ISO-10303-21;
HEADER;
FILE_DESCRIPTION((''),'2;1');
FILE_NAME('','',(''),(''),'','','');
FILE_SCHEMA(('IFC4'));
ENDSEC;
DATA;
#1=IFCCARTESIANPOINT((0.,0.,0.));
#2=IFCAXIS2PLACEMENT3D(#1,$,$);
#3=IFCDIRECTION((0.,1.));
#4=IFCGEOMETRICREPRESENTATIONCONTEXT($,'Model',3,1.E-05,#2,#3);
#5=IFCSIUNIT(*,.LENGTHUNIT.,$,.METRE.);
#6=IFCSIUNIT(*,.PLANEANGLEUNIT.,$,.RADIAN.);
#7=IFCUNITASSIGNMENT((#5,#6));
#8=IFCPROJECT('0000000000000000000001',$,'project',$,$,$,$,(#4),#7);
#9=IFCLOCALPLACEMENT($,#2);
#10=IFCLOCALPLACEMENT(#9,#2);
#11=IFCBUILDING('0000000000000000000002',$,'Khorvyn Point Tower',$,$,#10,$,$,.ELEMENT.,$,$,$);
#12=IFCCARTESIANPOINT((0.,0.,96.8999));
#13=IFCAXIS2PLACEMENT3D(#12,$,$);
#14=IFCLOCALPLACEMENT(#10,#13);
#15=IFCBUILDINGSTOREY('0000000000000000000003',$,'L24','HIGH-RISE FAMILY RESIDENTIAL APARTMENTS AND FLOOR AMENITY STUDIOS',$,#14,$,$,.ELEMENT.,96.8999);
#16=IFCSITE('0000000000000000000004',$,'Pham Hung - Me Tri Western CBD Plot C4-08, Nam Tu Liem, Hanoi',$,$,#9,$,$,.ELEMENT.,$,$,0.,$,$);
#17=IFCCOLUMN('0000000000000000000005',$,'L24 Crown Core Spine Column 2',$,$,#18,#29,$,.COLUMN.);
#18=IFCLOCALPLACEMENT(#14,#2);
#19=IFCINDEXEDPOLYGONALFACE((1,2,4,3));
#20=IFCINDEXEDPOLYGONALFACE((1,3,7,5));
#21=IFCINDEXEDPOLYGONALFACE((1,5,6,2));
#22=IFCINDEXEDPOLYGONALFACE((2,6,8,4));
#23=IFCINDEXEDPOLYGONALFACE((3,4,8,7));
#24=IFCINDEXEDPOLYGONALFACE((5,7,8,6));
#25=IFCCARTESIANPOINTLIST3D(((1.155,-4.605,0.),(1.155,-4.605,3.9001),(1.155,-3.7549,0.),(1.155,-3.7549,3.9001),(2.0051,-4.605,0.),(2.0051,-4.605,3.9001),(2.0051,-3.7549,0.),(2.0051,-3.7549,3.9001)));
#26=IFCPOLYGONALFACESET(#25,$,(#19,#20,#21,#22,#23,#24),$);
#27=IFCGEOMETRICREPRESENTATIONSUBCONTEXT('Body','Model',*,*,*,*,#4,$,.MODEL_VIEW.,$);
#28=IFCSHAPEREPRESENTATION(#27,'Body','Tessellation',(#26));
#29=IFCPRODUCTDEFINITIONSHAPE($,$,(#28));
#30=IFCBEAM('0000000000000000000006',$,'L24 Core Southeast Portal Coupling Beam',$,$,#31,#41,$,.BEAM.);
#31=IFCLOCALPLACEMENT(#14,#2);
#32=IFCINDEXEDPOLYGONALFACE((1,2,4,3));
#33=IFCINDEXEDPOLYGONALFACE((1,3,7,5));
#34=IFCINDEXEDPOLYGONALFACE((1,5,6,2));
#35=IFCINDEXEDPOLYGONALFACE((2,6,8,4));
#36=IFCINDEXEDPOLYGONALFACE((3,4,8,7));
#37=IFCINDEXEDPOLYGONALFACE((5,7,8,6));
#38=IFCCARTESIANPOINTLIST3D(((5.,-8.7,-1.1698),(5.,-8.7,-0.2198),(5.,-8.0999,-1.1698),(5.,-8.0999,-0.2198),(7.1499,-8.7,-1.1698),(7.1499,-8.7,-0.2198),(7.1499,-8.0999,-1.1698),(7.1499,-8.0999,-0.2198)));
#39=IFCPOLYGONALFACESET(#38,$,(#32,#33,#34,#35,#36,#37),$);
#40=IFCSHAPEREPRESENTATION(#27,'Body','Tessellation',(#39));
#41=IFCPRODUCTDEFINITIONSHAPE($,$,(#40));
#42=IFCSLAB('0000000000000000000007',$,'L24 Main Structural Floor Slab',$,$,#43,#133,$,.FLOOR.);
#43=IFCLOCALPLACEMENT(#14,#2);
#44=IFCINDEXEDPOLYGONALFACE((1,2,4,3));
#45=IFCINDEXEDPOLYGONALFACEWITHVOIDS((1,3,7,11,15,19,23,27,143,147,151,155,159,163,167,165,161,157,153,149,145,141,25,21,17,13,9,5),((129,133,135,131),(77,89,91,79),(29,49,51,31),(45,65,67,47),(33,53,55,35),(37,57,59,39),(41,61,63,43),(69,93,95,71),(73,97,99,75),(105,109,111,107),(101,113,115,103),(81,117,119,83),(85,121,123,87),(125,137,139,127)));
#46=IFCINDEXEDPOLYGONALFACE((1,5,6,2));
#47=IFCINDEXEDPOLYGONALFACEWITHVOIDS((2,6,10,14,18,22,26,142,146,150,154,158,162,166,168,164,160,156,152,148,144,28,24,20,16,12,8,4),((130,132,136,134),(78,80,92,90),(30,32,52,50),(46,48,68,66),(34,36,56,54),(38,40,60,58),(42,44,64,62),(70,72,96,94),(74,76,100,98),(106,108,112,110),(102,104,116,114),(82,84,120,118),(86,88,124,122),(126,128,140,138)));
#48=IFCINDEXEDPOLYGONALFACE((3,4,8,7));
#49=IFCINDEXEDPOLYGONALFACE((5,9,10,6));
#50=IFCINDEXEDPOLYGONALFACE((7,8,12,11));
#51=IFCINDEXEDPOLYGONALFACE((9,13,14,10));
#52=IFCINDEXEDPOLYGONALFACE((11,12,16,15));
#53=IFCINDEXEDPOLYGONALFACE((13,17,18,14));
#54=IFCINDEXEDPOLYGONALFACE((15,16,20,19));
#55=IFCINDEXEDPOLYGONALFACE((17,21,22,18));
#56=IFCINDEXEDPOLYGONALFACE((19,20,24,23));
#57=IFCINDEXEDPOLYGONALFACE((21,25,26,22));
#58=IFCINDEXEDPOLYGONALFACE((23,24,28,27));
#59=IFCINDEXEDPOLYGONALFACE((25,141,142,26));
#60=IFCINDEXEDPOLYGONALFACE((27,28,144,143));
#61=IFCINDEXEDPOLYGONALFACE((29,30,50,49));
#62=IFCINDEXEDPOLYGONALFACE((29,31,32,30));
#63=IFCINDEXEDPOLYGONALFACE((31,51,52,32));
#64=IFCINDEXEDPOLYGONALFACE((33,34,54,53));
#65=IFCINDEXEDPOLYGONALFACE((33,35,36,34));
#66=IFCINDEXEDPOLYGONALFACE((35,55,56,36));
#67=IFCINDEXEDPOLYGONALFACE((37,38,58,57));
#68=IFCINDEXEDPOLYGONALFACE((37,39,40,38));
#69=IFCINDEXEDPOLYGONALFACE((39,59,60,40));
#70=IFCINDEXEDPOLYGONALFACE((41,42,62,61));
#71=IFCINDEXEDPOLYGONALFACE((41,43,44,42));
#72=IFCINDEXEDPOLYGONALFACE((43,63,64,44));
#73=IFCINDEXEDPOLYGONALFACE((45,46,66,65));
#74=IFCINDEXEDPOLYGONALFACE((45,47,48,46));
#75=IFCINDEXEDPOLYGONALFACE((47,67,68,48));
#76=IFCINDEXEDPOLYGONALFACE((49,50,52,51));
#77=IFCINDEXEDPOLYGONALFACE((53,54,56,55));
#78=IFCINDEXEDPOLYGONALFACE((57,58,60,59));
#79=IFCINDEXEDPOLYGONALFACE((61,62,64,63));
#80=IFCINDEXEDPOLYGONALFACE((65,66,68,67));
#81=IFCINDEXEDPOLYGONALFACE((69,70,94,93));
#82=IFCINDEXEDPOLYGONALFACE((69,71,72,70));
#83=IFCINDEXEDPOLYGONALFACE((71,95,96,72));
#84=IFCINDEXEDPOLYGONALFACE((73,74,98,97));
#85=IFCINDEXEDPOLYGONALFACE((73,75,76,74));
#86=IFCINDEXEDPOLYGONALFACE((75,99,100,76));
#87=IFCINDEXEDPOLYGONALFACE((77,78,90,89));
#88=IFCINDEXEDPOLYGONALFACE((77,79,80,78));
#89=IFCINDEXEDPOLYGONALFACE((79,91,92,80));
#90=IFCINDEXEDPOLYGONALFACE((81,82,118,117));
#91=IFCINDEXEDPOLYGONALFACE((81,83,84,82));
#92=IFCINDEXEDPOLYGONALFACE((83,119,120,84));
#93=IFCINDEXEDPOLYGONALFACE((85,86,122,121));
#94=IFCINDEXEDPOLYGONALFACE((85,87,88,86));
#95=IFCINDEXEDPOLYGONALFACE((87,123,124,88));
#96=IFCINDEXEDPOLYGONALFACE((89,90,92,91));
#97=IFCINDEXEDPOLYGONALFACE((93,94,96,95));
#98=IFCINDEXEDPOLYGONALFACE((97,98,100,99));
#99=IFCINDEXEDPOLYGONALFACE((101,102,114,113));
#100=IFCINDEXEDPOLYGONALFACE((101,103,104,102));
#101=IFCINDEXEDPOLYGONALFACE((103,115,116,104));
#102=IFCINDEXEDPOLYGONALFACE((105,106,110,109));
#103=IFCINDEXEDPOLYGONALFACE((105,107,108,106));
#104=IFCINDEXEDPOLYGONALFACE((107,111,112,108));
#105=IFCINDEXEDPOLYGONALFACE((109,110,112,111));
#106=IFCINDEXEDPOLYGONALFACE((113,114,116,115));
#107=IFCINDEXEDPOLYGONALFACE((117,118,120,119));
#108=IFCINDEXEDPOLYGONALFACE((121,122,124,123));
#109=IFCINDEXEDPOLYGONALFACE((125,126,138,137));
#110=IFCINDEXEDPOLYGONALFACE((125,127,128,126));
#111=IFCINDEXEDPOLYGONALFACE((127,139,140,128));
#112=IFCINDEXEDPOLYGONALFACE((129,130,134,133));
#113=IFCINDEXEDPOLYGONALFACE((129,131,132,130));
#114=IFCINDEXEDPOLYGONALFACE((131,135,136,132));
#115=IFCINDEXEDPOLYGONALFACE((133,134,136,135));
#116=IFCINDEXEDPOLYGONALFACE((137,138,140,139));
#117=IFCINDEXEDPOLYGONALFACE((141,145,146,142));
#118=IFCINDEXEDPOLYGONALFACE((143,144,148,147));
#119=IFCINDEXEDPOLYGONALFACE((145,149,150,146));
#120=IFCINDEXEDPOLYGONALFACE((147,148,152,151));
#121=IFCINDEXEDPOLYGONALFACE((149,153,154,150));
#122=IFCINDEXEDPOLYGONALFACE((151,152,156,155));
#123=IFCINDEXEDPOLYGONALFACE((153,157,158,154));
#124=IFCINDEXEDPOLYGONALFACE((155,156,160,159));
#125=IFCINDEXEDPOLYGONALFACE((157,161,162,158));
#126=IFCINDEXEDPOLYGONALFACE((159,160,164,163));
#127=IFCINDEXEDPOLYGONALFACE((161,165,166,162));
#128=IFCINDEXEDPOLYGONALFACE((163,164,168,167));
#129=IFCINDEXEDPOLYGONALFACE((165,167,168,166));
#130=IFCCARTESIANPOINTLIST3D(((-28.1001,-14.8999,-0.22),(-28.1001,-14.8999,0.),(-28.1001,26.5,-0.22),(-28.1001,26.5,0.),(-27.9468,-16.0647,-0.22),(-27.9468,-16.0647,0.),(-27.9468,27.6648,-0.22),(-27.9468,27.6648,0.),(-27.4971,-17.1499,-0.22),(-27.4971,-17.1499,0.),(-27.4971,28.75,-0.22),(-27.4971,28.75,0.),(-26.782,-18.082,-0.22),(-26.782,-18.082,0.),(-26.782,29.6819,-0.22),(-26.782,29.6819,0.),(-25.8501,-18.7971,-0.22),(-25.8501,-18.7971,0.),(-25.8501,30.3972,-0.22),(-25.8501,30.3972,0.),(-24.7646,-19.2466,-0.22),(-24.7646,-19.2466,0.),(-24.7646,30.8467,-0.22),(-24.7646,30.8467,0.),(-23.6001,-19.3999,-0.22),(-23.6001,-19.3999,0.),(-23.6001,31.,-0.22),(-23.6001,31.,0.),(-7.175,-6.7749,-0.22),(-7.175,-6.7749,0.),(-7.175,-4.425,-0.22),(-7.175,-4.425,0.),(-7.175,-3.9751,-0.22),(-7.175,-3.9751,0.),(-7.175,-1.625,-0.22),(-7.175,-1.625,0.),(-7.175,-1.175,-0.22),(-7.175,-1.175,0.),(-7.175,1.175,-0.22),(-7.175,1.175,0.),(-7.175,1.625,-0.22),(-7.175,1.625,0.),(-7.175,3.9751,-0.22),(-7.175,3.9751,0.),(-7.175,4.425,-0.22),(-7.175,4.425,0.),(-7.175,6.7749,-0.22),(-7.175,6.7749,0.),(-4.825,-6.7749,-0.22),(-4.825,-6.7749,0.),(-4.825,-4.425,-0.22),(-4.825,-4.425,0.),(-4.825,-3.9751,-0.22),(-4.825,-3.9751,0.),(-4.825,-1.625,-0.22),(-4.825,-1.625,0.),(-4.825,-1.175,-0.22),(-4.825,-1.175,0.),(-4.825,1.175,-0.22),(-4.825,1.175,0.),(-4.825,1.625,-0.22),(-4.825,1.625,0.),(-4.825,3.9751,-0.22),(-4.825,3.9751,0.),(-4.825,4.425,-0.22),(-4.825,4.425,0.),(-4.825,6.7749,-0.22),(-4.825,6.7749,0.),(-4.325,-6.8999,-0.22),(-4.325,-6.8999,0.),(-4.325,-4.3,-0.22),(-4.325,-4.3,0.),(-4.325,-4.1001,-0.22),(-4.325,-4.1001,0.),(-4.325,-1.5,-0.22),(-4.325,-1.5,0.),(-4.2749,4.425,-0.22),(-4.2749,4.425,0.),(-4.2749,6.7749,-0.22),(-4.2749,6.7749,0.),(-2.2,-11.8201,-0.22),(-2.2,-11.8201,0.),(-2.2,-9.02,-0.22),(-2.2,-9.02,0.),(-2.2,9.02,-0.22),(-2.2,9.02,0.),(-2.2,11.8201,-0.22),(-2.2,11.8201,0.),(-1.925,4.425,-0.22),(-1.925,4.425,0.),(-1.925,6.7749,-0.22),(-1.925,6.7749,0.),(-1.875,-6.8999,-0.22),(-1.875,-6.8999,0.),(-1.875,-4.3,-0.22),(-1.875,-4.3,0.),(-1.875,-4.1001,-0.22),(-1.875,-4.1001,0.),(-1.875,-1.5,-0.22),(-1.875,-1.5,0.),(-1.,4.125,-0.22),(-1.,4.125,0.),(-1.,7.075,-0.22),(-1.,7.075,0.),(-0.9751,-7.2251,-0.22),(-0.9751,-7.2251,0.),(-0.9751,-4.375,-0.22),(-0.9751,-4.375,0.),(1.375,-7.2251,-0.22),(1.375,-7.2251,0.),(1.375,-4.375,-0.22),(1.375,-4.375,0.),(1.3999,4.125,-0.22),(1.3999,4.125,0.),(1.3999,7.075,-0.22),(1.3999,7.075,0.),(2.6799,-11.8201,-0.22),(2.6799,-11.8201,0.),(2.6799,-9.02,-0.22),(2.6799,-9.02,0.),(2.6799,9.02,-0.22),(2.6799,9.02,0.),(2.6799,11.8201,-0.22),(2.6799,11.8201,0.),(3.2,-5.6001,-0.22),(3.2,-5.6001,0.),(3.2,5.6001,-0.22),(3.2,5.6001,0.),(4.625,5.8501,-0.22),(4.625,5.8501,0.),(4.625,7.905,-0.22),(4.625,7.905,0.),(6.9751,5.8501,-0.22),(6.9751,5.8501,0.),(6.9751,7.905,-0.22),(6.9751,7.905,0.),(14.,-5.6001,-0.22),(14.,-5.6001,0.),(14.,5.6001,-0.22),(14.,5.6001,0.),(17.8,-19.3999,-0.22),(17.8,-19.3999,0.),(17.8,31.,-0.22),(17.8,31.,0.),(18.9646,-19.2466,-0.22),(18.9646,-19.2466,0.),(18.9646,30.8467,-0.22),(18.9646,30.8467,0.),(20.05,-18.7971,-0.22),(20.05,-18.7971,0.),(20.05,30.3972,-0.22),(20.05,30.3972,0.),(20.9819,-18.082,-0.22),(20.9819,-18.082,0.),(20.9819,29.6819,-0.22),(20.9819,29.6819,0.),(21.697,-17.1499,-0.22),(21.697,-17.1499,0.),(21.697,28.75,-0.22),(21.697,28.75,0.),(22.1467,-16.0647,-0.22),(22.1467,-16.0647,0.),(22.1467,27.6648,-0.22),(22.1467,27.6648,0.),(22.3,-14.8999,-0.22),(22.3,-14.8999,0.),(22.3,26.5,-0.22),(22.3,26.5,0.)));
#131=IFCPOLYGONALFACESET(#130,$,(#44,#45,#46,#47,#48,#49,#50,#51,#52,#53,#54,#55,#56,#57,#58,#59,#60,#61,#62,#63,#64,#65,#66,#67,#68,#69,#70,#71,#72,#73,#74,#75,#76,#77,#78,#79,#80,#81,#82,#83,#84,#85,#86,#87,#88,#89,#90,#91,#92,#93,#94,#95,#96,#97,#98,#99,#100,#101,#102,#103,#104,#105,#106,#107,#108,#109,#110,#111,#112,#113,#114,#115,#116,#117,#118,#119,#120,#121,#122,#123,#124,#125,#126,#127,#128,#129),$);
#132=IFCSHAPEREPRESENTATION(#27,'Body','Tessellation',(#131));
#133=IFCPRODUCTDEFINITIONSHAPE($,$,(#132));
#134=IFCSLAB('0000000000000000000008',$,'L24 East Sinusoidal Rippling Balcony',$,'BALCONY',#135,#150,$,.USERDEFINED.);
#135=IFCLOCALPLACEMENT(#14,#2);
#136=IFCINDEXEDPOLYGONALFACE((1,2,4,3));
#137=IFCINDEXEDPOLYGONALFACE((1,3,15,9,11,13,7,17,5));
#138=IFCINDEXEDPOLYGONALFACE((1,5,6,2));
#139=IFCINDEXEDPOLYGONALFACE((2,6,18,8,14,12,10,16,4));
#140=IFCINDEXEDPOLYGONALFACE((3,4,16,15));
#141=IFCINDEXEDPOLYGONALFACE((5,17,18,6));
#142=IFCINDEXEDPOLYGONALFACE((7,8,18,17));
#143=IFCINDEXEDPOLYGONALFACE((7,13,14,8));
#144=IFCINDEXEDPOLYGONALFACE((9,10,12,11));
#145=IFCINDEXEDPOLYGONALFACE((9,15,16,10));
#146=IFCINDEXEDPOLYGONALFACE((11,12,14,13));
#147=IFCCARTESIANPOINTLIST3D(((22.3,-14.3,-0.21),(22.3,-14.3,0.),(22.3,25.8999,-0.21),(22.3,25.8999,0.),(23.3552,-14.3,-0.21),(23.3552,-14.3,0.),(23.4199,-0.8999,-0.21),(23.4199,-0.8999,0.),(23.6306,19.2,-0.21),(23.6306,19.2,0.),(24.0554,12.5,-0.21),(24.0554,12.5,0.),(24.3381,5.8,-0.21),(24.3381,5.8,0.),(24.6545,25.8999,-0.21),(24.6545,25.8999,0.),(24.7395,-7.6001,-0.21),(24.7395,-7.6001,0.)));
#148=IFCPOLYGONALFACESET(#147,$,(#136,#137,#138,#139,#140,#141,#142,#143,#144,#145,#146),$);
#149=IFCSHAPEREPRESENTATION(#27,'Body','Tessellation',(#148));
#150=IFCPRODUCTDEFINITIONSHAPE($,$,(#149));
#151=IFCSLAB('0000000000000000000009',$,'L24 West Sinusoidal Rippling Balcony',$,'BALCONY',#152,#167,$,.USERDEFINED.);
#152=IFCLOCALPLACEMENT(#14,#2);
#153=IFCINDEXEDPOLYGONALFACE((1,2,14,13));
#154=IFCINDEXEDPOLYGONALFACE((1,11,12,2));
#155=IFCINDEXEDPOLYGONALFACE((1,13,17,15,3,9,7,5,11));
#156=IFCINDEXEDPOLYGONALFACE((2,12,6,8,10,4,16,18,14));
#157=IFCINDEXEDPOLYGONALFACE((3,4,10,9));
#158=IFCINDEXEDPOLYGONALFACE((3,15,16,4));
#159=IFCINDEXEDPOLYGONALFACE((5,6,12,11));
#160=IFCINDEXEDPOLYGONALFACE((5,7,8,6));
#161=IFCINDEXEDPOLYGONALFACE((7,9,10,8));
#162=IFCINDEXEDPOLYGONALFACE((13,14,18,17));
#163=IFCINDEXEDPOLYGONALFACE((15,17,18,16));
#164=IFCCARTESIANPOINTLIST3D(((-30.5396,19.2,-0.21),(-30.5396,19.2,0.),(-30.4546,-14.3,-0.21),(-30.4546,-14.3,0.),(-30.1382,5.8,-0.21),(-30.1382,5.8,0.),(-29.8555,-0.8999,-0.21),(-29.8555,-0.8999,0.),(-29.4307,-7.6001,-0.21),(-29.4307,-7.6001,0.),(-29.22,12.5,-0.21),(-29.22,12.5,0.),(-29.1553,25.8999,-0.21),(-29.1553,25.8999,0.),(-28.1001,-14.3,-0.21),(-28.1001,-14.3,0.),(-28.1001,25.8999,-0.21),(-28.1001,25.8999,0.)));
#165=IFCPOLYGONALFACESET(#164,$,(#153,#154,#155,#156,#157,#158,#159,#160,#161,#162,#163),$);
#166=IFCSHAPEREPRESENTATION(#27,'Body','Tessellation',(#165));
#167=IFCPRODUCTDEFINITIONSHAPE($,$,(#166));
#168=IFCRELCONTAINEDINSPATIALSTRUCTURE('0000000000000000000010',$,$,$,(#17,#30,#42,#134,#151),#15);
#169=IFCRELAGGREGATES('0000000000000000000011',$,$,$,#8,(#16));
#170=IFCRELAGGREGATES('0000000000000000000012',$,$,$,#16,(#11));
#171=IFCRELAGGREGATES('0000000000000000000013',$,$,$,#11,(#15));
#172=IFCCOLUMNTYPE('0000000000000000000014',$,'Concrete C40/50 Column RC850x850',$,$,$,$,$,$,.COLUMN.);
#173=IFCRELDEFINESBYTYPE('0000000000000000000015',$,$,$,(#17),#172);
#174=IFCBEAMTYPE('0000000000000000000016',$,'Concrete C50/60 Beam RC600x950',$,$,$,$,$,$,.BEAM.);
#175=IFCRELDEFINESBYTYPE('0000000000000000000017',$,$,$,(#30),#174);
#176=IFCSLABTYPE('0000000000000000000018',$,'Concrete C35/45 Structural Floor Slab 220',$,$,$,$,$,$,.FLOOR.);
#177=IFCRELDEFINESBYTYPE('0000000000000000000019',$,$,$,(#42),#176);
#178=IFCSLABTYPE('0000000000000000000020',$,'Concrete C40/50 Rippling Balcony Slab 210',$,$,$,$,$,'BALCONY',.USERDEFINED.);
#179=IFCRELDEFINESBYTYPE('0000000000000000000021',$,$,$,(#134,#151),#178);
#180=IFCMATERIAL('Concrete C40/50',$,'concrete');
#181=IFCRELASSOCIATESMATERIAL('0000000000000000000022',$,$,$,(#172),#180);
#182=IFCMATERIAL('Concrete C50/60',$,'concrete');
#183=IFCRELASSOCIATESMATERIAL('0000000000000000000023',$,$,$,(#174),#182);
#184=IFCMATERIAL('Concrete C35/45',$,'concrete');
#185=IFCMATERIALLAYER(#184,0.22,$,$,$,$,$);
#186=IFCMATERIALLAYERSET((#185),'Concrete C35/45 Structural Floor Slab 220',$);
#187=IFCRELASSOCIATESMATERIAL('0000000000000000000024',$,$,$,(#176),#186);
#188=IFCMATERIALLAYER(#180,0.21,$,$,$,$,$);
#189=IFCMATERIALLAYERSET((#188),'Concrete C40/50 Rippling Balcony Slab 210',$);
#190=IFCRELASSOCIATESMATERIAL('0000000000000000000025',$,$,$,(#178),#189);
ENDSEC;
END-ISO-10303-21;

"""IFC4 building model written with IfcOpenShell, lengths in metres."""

from ifc_helpers import new_model, si_unit, direction, frame, origin, origin_2d, place, context, subcontext, project, spatial, polyline, rectangle, outline, extrude, material, layer, layer_set, material_profile, profile_set, type_object, element, save


model = new_model("IFC4")

# Units and contexts
model_context = context("Model", 3, precision=1e-05, world=origin(), true_north=direction((0.0, 1.0)))
body_context = subcontext(model_context, "Body", "Model", "MODEL_VIEW")
ifc_project = project(units=[si_unit("LENGTHUNIT", "METRE"), si_unit("PLANEANGLEUNIT", "RADIAN")], contexts=[model_context])

# Site, building, storey
site_placement = place(None, origin())
site = spatial("IfcSite", under=ifc_project, at=site_placement, Name="Pham Hung - Me Tri Western CBD Plot C4-08, Nam Tu Liem, Hanoi", CompositionType="ELEMENT", RefElevation=0.0)
building_placement = place(site_placement, origin())
building = spatial("IfcBuilding", under=site, at=building_placement, Name="Khorvyn Point Tower", CompositionType="ELEMENT")
storey_placement = place(building_placement, frame((0.0, 0.0, 96.8999)))
storey = spatial("IfcBuildingStorey", under=building, at=storey_placement, Name="L24", Description="HIGH-RISE FAMILY RESIDENTIAL APARTMENTS AND FLOOR AMENITY STUDIOS", CompositionType="ELEMENT", Elevation=96.8999)

# Column
ifc_material_1 = material(Name="Concrete C40/50", Category="concrete")
ifc_material_profile_1 = material_profile(ifc_material_1, rectangle(XDim=0.8501, YDim=0.8501, at=origin_2d()))
ifc_profile_set_1 = profile_set([ifc_material_profile_1], Name="Concrete C40/50 RC850x850")
column_type = type_object("IfcColumnType", Name="Concrete C40/50 Column RC850x850", PredefinedType="COLUMN", material=ifc_profile_set_1)
column_placement = place(storey_placement, frame((1.5801, -4.1799, 0.0), z_axis=(0.0, 0.0, 1.0), x_axis=(1.0, 0.0, 0.0)))
element("IfcColumn", 1, at=column_placement, inside=storey, type_object=column_type, Name="L24 Crown Core Spine Column 2", PredefinedType="COLUMN", context=body_context, shape_type="SweptSolid", body=[
    extrude(rectangle(XDim=0.8501, YDim=0.8501, at=origin_2d()), origin(), (0.0, 0.0, 1.0), 3.9001),
])

# Beam
ifc_material_2 = material(Name="Concrete C50/60", Category="concrete")
ifc_material_profile_2 = material_profile(ifc_material_2, rectangle(XDim=0.6001, YDim=0.95, at=origin_2d()))
ifc_profile_set_2 = profile_set([ifc_material_profile_2], Name="Concrete C50/60 RC600x950")
beam_type = type_object("IfcBeamType", Name="Concrete C50/60 Beam RC600x950", PredefinedType="BEAM", material=ifc_profile_set_2)
beam_placement = place(storey_placement, frame((5.0, -8.3999, -0.6948), z_axis=(1.0, 0.0, 0.0), x_axis=(0.0, 1.0, 0.0)))
element("IfcBeam", 2, at=beam_placement, inside=storey, type_object=beam_type, Name="L24 Core Southeast Portal Coupling Beam", PredefinedType="BEAM", context=body_context, shape_type="SweptSolid", body=[
    extrude(rectangle(XDim=0.6001, YDim=0.95, at=origin_2d()), origin(), (0.0, 0.0, 1.0), 2.1499),
])

# Slabs
ifc_material_3 = material(Name="Concrete C35/45", Category="concrete")
ifc_layer_1 = layer(ifc_material_3, 0.22)
ifc_layer_set_1 = layer_set([ifc_layer_1], Name="Concrete C35/45 Structural Floor Slab 220")
slab_type_1 = type_object("IfcSlabType", Name="Concrete C35/45 Structural Floor Slab 220", PredefinedType="FLOOR", material=ifc_layer_set_1)
slab_1_placement = place(storey_placement, frame((0.0, 0.0, -0.22)))
element("IfcSlab", 3, at=slab_1_placement, inside=storey, type_object=slab_type_1, Name="L24 Main Structural Floor Slab", PredefinedType="FLOOR", context=body_context, shape_type="SweptSolid", body=[
    extrude(outline(polyline([(-23.6001, -19.3999), (-24.7646, -19.2466), (-25.8501, -18.7971), (-26.782, -18.082), (-27.4971, -17.1499), (-27.9468, -16.0647), (-28.1001, -14.8999), (-28.1001, 26.5), (-27.9468, 27.6648), (-27.4971, 28.75), (-26.782, 29.6819), (-25.8501, 30.3972), (-24.7646, 30.8467), (-23.6001, 31.0), (17.8, 31.0), (18.9646, 30.8467), (20.05, 30.3972), (20.9819, 29.6819), (21.697, 28.75), (22.1467, 27.6648), (22.3, 26.5), (22.3, -14.8999), (22.1467, -16.0647), (21.697, -17.1499), (20.9819, -18.082), (20.05, -18.7971), (18.9646, -19.2466), (17.8, -19.3999), (-23.6001, -19.3999)]), holes=[polyline([(-4.825, -6.7749), (-4.825, -4.425), (-7.175, -4.425), (-7.175, -6.7749), (-4.825, -6.7749)]), polyline([(-4.325, -6.8999), (-1.875, -6.8999), (-1.875, -4.3), (-4.325, -4.3), (-4.325, -6.8999)]), polyline([(-7.175, -3.9751), (-4.825, -3.9751), (-4.825, -1.625), (-7.175, -1.625), (-7.175, -3.9751)]), polyline([(-7.175, -1.175), (-4.825, -1.175), (-4.825, 1.175), (-7.175, 1.175), (-7.175, -1.175)]), polyline([(-7.175, 1.625), (-4.825, 1.625), (-4.825, 3.9751), (-7.175, 3.9751), (-7.175, 1.625)]), polyline([(-7.175, 4.425), (-4.825, 4.425), (-4.825, 6.7749), (-7.175, 6.7749), (-7.175, 4.425)]), polyline([(-4.2749, 4.425), (-1.925, 4.425), (-1.925, 6.7749), (-4.2749, 6.7749), (-4.2749, 4.425)]), polyline([(2.6799, -11.8201), (2.6799, -9.02), (-2.2, -9.02), (-2.2, -11.8201), (2.6799, -11.8201)]), polyline([(-0.9751, -7.2251), (1.375, -7.2251), (1.375, -4.375), (-0.9751, -4.375), (-0.9751, -7.2251)]), polyline([(-4.325, -4.1001), (-1.875, -4.1001), (-1.875, -1.5), (-4.325, -1.5), (-4.325, -4.1001)]), polyline([(3.2, -5.6001), (14.0, -5.6001), (14.0, 5.6001), (3.2, 5.6001), (3.2, -5.6001)]), polyline([(-1.0, 4.125), (1.3999, 4.125), (1.3999, 7.075), (-1.0, 7.075), (-1.0, 4.125)]), polyline([(4.625, 5.8501), (6.9751, 5.8501), (6.9751, 7.905), (4.625, 7.905), (4.625, 5.8501)]), polyline([(-2.2, 9.02), (2.6799, 9.02), (2.6799, 11.8201), (-2.2, 11.8201), (-2.2, 9.02)])]), origin(), (0.0, 0.0, 1.0), 0.22),
])
ifc_layer_2 = layer(ifc_material_1, 0.21)
ifc_layer_set_2 = layer_set([ifc_layer_2], Name="Concrete C40/50 Rippling Balcony Slab 210")
slab_type_2 = type_object("IfcSlabType", Name="Concrete C40/50 Rippling Balcony Slab 210", ElementType="BALCONY", PredefinedType="USERDEFINED", material=ifc_layer_set_2)
slab_2_placement = place(storey_placement, frame((0.0, 0.0, -0.21)))
element("IfcSlab", 4, at=slab_2_placement, inside=storey, type_object=slab_type_2, Name="L24 East Sinusoidal Rippling Balcony", ObjectType="BALCONY", PredefinedType="USERDEFINED", context=body_context, shape_type="SweptSolid", body=[
    extrude(outline(polyline([(22.3, -14.3), (23.3552, -14.3), (24.7395, -7.6001), (23.4199, -0.8999), (24.3381, 5.8), (24.0554, 12.5), (23.6306, 19.2), (24.6545, 25.8999), (22.3, 25.8999), (22.3, -14.3)])), origin(), (0.0, 0.0, 1.0), 0.21),
])
slab_3_placement = place(storey_placement, frame((0.0, 0.0, -0.21)))
element("IfcSlab", 5, at=slab_3_placement, inside=storey, type_object=slab_type_2, Name="L24 West Sinusoidal Rippling Balcony", ObjectType="BALCONY", PredefinedType="USERDEFINED", context=body_context, shape_type="SweptSolid", body=[
    extrude(outline(polyline([(-28.1001, 25.8999), (-29.1553, 25.8999), (-30.5396, 19.2), (-29.22, 12.5), (-30.1382, 5.8), (-29.8555, -0.8999), (-29.4307, -7.6001), (-30.4546, -14.3), (-28.1001, -14.3), (-28.1001, 25.8999)])), origin(), (0.0, 0.0, 1.0), 0.21),
])

save(model, "model.ifc")
